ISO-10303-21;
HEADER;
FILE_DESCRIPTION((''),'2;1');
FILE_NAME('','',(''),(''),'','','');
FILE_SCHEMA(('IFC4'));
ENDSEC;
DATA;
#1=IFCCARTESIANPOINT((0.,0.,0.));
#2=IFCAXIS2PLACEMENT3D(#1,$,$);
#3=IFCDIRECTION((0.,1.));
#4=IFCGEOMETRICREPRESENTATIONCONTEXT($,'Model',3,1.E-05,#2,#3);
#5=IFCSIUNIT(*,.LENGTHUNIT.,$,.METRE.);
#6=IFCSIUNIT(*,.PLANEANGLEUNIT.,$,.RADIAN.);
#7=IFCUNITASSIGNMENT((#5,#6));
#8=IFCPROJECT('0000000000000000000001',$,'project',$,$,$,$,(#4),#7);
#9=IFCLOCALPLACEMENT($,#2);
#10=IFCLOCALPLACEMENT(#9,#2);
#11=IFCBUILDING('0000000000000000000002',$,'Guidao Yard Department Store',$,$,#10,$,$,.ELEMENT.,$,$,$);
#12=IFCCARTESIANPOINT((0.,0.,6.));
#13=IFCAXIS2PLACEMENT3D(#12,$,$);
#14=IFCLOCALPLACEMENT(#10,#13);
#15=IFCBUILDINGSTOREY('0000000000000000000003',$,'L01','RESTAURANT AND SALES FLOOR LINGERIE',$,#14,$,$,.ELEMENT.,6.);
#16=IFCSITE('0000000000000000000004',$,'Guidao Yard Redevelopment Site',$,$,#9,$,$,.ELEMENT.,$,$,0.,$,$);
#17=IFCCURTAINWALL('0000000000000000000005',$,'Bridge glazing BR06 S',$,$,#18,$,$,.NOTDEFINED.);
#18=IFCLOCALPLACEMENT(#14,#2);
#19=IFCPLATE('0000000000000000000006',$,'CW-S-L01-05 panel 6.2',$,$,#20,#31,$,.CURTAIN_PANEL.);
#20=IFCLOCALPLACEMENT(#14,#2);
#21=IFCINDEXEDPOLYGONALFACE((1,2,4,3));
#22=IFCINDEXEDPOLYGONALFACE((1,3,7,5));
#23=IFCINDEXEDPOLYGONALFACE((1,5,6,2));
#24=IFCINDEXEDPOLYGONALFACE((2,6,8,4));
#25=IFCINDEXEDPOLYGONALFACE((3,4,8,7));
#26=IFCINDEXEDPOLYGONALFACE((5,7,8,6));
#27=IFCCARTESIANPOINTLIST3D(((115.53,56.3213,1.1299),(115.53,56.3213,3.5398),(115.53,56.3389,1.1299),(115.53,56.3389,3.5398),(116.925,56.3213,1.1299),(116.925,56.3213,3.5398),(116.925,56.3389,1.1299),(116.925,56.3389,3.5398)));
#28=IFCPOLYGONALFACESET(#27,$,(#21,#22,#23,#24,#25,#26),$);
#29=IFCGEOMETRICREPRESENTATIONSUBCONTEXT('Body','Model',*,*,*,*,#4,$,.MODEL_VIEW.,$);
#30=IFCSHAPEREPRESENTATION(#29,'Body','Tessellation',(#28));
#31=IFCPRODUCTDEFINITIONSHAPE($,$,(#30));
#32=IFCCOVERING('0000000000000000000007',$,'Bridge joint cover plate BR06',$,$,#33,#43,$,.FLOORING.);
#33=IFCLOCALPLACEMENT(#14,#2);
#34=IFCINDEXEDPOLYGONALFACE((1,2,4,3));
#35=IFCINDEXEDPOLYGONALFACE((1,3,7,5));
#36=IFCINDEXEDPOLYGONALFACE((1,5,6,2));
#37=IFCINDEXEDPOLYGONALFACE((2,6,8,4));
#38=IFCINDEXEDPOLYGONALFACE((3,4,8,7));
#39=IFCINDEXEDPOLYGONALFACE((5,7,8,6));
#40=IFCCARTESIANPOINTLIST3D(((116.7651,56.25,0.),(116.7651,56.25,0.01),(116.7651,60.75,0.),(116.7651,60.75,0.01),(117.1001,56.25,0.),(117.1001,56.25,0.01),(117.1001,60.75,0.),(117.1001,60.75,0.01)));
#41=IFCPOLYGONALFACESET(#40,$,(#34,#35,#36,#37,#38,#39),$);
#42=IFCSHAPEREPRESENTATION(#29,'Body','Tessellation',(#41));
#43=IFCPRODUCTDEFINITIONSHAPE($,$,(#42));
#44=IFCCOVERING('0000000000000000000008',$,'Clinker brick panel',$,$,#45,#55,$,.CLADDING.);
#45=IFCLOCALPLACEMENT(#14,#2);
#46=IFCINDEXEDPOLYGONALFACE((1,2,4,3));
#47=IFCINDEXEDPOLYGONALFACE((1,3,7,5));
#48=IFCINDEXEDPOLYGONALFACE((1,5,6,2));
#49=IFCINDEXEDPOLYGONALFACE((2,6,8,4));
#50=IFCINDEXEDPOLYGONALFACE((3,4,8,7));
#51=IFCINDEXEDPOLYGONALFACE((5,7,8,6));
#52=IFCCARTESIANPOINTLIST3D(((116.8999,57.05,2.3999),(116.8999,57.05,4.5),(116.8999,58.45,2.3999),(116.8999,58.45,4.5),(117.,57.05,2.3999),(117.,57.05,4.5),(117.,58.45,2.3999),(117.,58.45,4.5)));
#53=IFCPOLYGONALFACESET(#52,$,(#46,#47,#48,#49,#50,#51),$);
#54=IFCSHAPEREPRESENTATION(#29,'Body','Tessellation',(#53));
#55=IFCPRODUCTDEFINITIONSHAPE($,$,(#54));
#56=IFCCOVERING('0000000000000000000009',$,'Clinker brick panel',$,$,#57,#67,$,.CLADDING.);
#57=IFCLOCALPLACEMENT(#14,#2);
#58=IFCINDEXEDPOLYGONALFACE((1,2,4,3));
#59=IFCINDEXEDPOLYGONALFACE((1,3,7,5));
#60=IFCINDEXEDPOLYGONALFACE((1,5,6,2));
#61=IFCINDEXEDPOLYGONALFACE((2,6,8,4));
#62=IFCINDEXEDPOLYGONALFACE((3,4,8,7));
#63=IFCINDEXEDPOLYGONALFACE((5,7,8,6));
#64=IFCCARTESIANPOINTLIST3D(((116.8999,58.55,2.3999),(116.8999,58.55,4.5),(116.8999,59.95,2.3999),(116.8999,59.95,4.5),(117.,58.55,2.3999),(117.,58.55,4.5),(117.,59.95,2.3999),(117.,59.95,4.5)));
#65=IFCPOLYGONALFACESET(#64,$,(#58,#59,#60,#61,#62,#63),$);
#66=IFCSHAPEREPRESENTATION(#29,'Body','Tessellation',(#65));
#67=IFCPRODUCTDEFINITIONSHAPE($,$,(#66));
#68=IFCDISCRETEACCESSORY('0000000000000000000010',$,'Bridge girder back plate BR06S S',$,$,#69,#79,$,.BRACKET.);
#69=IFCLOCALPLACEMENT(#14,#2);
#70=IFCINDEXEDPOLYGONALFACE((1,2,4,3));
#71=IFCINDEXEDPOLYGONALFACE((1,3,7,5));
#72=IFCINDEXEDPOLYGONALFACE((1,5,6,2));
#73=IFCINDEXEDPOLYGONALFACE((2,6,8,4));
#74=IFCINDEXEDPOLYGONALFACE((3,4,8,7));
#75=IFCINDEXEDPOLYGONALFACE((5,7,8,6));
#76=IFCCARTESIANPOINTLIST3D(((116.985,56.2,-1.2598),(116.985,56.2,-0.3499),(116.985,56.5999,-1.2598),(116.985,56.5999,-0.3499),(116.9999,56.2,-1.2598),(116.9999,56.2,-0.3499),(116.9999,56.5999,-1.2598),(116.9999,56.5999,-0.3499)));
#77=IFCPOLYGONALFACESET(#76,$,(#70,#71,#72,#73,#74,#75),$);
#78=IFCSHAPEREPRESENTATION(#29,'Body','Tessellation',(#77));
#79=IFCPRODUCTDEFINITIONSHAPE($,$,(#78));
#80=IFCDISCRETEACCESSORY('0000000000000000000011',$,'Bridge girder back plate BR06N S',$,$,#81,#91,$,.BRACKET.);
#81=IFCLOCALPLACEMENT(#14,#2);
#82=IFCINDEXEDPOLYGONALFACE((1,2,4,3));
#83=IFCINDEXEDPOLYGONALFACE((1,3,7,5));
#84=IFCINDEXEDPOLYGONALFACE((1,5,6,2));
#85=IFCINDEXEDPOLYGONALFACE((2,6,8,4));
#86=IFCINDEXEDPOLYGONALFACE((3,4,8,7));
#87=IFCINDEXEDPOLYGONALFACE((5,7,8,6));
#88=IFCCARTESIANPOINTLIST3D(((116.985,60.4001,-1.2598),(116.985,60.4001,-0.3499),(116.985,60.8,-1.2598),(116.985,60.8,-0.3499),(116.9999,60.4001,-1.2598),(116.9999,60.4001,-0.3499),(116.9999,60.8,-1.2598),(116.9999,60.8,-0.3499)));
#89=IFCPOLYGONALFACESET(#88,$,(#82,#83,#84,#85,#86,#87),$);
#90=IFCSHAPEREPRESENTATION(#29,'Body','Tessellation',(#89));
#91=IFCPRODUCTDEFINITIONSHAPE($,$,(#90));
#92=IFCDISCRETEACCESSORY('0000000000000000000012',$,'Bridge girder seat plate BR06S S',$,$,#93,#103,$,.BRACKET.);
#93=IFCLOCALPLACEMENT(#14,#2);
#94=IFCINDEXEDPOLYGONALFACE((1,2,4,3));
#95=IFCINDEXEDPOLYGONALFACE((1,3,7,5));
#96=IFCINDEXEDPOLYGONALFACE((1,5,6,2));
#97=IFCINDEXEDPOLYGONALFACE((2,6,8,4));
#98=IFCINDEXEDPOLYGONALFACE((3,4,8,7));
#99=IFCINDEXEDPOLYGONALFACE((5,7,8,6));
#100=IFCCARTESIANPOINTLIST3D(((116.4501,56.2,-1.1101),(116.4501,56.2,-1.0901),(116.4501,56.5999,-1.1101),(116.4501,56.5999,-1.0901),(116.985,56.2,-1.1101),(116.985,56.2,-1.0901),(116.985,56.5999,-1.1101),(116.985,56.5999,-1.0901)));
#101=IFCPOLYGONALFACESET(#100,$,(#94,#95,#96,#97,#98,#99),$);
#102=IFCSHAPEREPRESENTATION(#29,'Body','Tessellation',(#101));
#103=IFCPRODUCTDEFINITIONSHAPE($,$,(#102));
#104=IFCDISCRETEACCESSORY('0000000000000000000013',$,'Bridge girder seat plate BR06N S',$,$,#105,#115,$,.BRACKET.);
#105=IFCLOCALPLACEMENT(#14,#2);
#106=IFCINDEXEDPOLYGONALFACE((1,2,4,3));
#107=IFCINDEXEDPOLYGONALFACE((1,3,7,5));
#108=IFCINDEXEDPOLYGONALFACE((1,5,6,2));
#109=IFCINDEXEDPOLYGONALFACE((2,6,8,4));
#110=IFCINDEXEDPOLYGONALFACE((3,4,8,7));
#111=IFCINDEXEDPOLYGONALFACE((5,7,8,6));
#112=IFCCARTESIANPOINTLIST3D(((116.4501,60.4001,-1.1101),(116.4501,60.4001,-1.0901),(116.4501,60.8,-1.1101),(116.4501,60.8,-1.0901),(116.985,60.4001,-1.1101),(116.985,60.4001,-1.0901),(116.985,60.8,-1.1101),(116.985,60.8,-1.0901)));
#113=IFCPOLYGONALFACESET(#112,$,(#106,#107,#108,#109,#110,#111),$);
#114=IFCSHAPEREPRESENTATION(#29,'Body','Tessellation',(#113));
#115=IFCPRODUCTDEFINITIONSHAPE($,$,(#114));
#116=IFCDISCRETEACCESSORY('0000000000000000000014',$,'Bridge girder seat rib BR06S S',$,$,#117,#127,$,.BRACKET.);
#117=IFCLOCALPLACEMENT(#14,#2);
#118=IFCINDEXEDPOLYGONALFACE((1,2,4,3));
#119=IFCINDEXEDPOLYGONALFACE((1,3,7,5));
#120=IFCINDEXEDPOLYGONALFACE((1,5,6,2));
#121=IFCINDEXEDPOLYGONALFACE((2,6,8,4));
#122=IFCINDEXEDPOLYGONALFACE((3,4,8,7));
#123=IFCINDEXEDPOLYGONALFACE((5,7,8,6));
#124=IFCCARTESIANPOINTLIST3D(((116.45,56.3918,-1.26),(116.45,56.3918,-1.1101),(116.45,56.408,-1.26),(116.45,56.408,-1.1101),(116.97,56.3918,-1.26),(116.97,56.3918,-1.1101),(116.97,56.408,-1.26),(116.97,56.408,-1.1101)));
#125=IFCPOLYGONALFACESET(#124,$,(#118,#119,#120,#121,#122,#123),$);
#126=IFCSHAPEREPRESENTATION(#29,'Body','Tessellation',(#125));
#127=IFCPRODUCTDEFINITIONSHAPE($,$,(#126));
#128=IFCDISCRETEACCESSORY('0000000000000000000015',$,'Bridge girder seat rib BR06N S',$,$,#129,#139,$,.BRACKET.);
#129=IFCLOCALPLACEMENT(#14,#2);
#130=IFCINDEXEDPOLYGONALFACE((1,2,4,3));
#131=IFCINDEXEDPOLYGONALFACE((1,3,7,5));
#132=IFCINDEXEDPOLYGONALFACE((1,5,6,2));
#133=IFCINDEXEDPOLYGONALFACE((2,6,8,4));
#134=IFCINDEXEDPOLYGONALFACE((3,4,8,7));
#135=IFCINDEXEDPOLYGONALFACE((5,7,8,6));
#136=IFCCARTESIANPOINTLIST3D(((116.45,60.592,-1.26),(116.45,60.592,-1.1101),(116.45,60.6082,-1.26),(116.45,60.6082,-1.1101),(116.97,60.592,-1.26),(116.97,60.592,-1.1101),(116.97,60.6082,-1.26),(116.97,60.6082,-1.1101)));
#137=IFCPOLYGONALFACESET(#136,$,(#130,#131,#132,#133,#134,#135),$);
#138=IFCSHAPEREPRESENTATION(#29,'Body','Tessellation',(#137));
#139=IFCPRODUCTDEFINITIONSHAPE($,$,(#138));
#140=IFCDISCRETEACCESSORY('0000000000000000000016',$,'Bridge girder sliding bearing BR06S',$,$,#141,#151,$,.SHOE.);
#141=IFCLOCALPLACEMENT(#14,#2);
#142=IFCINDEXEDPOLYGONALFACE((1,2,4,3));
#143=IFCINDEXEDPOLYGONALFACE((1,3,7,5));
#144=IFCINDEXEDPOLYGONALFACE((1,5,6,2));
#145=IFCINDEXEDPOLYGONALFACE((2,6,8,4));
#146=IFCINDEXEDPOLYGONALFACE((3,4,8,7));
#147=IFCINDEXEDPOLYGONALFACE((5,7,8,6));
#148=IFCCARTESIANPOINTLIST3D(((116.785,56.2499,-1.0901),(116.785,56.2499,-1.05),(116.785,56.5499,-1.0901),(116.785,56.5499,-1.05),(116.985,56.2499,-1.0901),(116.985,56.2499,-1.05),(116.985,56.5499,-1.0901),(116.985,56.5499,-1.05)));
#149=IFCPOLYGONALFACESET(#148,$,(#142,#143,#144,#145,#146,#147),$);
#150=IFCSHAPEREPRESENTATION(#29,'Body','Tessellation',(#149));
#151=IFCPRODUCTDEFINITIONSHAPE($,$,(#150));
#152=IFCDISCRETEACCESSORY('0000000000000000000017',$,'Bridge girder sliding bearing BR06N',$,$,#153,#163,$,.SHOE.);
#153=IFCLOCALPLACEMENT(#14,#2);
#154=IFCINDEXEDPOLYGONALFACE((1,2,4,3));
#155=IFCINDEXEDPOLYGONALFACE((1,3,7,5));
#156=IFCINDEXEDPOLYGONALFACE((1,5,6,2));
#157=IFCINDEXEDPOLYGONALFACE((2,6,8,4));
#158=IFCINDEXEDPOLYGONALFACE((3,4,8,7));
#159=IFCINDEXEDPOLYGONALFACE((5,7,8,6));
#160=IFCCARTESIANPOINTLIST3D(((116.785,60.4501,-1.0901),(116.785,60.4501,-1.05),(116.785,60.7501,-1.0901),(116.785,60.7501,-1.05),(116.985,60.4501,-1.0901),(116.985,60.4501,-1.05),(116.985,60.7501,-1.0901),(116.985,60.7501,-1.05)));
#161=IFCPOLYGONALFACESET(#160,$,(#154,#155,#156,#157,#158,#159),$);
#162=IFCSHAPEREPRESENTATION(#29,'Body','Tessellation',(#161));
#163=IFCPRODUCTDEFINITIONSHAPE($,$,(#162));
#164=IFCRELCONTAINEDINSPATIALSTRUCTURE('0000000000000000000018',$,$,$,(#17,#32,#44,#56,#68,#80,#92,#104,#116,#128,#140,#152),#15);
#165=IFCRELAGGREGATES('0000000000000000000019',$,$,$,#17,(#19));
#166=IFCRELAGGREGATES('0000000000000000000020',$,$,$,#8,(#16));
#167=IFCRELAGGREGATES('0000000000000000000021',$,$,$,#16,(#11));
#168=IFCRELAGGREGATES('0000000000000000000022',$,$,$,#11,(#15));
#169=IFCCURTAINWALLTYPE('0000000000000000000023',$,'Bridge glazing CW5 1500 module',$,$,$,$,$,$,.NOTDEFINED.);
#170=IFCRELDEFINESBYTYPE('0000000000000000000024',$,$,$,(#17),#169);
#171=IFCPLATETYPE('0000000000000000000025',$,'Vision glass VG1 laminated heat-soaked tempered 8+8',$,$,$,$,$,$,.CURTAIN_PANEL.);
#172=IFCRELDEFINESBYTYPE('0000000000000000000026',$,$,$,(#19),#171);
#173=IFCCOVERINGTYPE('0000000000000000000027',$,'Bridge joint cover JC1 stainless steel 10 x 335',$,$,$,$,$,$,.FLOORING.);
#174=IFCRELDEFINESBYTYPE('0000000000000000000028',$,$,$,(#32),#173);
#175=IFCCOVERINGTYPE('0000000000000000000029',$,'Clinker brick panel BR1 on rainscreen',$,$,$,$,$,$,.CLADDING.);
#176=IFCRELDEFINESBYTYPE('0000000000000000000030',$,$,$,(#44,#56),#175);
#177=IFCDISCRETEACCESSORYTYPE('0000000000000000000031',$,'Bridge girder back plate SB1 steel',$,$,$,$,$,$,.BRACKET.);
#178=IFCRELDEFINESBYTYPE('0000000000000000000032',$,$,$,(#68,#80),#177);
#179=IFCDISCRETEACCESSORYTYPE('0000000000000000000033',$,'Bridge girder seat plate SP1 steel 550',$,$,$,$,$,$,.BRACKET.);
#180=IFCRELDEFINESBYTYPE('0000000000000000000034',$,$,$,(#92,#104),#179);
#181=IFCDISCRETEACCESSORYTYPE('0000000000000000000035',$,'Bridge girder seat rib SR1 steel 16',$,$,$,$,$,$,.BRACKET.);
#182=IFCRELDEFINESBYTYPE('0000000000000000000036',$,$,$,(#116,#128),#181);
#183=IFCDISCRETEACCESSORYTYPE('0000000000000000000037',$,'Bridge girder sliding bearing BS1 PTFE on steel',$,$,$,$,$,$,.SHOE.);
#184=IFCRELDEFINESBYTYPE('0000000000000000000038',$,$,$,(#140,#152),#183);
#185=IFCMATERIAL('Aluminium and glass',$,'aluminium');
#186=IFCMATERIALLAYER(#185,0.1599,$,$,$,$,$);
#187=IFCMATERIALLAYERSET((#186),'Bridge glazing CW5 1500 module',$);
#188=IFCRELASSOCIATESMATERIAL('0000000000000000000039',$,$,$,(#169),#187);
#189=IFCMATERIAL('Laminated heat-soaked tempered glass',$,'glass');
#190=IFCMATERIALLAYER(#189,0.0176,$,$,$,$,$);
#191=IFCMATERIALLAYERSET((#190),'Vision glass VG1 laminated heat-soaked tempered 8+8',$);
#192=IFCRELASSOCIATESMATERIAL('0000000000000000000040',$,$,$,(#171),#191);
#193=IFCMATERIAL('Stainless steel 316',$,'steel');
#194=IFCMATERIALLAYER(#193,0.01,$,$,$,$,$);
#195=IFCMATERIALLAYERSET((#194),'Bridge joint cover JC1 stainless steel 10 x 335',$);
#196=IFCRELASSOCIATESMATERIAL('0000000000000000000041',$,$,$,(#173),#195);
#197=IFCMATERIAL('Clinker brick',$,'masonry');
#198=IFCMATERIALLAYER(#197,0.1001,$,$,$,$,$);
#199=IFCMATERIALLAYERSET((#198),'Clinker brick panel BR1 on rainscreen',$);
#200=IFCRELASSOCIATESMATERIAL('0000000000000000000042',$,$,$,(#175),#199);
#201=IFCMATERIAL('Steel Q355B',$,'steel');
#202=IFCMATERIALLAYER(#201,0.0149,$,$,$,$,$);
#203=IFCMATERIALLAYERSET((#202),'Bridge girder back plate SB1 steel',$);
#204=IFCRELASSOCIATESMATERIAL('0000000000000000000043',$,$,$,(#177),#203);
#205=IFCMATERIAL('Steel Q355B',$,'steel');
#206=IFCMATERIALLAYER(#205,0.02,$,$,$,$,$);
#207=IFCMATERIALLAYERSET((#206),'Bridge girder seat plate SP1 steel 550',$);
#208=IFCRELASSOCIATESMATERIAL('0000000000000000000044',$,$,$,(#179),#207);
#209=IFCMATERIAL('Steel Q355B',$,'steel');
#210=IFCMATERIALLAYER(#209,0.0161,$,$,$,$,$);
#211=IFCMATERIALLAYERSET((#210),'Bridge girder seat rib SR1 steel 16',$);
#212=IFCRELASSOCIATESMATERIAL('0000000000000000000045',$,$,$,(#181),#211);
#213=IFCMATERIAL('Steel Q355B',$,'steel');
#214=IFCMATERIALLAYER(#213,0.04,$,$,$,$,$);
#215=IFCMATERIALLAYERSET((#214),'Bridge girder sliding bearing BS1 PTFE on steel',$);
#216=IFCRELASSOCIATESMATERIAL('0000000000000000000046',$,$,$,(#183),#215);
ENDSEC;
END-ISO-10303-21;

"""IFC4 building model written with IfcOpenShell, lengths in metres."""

from ifc_helpers import new_model, si_unit, direction, frame, origin, origin_2d, place, context, subcontext, project, spatial, rectangle, extrude, material, layer, layer_set, type_object, element, aggregate, save


model = new_model("IFC4")

# Units and contexts
model_context = context("Model", 3, precision=1e-05, world=origin(), true_north=direction((0.0, 1.0)))
body_context = subcontext(model_context, "Body", "Model", "MODEL_VIEW")
ifc_project = project(units=[si_unit("LENGTHUNIT", "METRE"), si_unit("PLANEANGLEUNIT", "RADIAN")], contexts=[model_context])

# Site, building, storey
site_placement = place(None, origin())
site = spatial("IfcSite", under=ifc_project, at=site_placement, Name="Guidao Yard Redevelopment Site", CompositionType="ELEMENT", RefElevation=0.0)
building_placement = place(site_placement, origin())
building = spatial("IfcBuilding", under=site, at=building_placement, Name="Guidao Yard Department Store", CompositionType="ELEMENT")
storey_placement = place(building_placement, frame((0.0, 0.0, 6.0)))
storey = spatial("IfcBuildingStorey", under=building, at=storey_placement, Name="L01", Description="RESTAURANT AND SALES FLOOR LINGERIE", CompositionType="ELEMENT", Elevation=6.0)

# Curtain wall
ifc_material_1 = material(Name="Aluminium and glass", Category="aluminium")
ifc_layer_1 = layer(ifc_material_1, 0.1599)
ifc_layer_set_1 = layer_set([ifc_layer_1], Name="Bridge glazing CW5 1500 module")
curtain_wall_type = type_object("IfcCurtainWallType", Name="Bridge glazing CW5 1500 module", PredefinedType="NOTDEFINED", material=ifc_layer_set_1)
curtain_wall_1_placement = place(storey_placement, origin())
curtain_wall_1 = element("IfcCurtainWall", 1, at=curtain_wall_1_placement, inside=storey, type_object=curtain_wall_type, Name="Bridge glazing BR06 S", PredefinedType="NOTDEFINED")

# Plate
ifc_material_2 = material(Name="Laminated heat-soaked tempered glass", Category="glass")
ifc_layer_2 = layer(ifc_material_2, 0.0176)
ifc_layer_set_2 = layer_set([ifc_layer_2], Name="Vision glass VG1 laminated heat-soaked tempered 8+8")
plate_type_1 = type_object("IfcPlateType", Name="Vision glass VG1 laminated heat-soaked tempered 8+8", PredefinedType="CURTAIN_PANEL", material=ifc_layer_set_2)
plate_1_placement = place(storey_placement, frame((116.2275, 56.3301, 1.1299), z_axis=(0.0, 0.0, 1.0), x_axis=(-1.0, 0.0, 0.0)))
plate_1 = element("IfcPlate", 2, at=plate_1_placement, type_object=plate_type_1, Name="CW-S-L01-05 panel 6.2", PredefinedType="CURTAIN_PANEL", context=body_context, shape_type="SweptSolid", body=[
    extrude(rectangle(XDim=1.395, YDim=0.0176, at=origin_2d()), origin(), (0.0, 0.0, 1.0), 2.4099),
])
aggregate(curtain_wall_1, [plate_1])

# Coverings
ifc_material_3 = material(Name="Stainless steel 316", Category="steel")
ifc_layer_3 = layer(ifc_material_3, 0.01)
ifc_layer_set_3 = layer_set([ifc_layer_3], Name="Bridge joint cover JC1 stainless steel 10 x 335")
covering_type_1 = type_object("IfcCoveringType", Name="Bridge joint cover JC1 stainless steel 10 x 335", PredefinedType="FLOORING", material=ifc_layer_set_3)
covering_placement = place(storey_placement, frame((116.9326, 58.5, 0.0), z_axis=(0.0, 0.0, 1.0), x_axis=(1.0, 0.0, 0.0)))
element("IfcCovering", 3, at=covering_placement, inside=storey, type_object=covering_type_1, Name="Bridge joint cover plate BR06", PredefinedType="FLOORING", context=body_context, shape_type="SweptSolid", body=[
    extrude(rectangle(XDim=0.335, YDim=4.5, at=origin_2d()), origin(), (0.0, 0.0, 1.0), 0.01),
])
ifc_material_4 = material(Name="Clinker brick", Category="masonry")
ifc_layer_4 = layer(ifc_material_4, 0.1001)
ifc_layer_set_4 = layer_set([ifc_layer_4], Name="Clinker brick panel BR1 on rainscreen")
covering_type_2 = type_object("IfcCoveringType", Name="Clinker brick panel BR1 on rainscreen", PredefinedType="CLADDING", material=ifc_layer_set_4)
for number, where, z_axis, x_axis, name in (
    (4, (116.95, 57.75, 2.3999), (0.0, 0.0, 1.0), (0.0, 1.0, 0.0), "Clinker brick panel"),
    (5, (116.95, 59.25, 2.3999), (0.0, 0.0, 1.0), (0.0, 1.0, 0.0), "Clinker brick panel"),
):
    element("IfcCovering", number, at=place(storey_placement, frame(where, z_axis=z_axis, x_axis=x_axis)), inside=storey, type_object=covering_type_2, Name=name, PredefinedType="CLADDING", context=body_context, shape_type="SweptSolid", body=[
        extrude(rectangle(XDim=1.3999, YDim=0.1001, at=origin_2d()), origin(), (0.0, 0.0, 1.0), 2.1001),
    ])

# Discrete accessories
ifc_material_5 = material(Name="Steel Q355B", Category="steel")
ifc_layer_5 = layer(ifc_material_5, 0.0149)
ifc_layer_set_5 = layer_set([ifc_layer_5], Name="Bridge girder back plate SB1 steel")
discrete_accessory_type_1 = type_object("IfcDiscreteAccessoryType", Name="Bridge girder back plate SB1 steel", PredefinedType="BRACKET", material=ifc_layer_set_5)
for number, where, z_axis, x_axis, name in (
    (6, (116.9924, 56.3999, -1.2598), (0.0, 0.0, 1.0), (1.0, 0.0, 0.0), "Bridge girder back plate BR06S S"),
    (7, (116.9924, 60.6001, -1.2598), (0.0, 0.0, 1.0), (1.0, 0.0, 0.0), "Bridge girder back plate BR06N S"),
):
    element("IfcDiscreteAccessory", number, at=place(storey_placement, frame(where, z_axis=z_axis, x_axis=x_axis)), inside=storey, type_object=discrete_accessory_type_1, Name=name, PredefinedType="BRACKET", context=body_context, shape_type="SweptSolid", body=[
        extrude(rectangle(XDim=0.0149, YDim=0.3999, at=origin_2d()), origin(), (0.0, 0.0, 1.0), 0.9099),
    ])
ifc_material_6 = material(Name="Steel Q355B", Category="steel")
ifc_layer_6 = layer(ifc_material_6, 0.02)
ifc_layer_set_6 = layer_set([ifc_layer_6], Name="Bridge girder seat plate SP1 steel 550")
discrete_accessory_type_2 = type_object("IfcDiscreteAccessoryType", Name="Bridge girder seat plate SP1 steel 550", PredefinedType="BRACKET", material=ifc_layer_set_6)
for number, where, z_axis, x_axis, name in (
    (8, (116.7175, 56.3999, -1.1101), (0.0, 0.0, 1.0), (1.0, 0.0, 0.0), "Bridge girder seat plate BR06S S"),
    (9, (116.7175, 60.6001, -1.1101), (0.0, 0.0, 1.0), (1.0, 0.0, 0.0), "Bridge girder seat plate BR06N S"),
):
    element("IfcDiscreteAccessory", number, at=place(storey_placement, frame(where, z_axis=z_axis, x_axis=x_axis)), inside=storey, type_object=discrete_accessory_type_2, Name=name, PredefinedType="BRACKET", context=body_context, shape_type="SweptSolid", body=[
        extrude(rectangle(XDim=0.5349, YDim=0.3999, at=origin_2d()), origin(), (0.0, 0.0, 1.0), 0.02),
    ])
ifc_material_7 = material(Name="Steel Q355B", Category="steel")
ifc_layer_7 = layer(ifc_material_7, 0.0161)
ifc_layer_set_7 = layer_set([ifc_layer_7], Name="Bridge girder seat rib SR1 steel 16")
discrete_accessory_type_3 = type_object("IfcDiscreteAccessoryType", Name="Bridge girder seat rib SR1 steel 16", PredefinedType="BRACKET", material=ifc_layer_set_7)
for number, where, z_axis, x_axis, name in (
    (10, (116.71, 56.3999, -1.26), (0.0, 0.0, 1.0), (1.0, 0.0, 0.0), "Bridge girder seat rib BR06S S"),
    (11, (116.71, 60.6001, -1.26), (0.0, 0.0, 1.0), (1.0, 0.0, 0.0), "Bridge girder seat rib BR06N S"),
):
    element("IfcDiscreteAccessory", number, at=place(storey_placement, frame(where, z_axis=z_axis, x_axis=x_axis)), inside=storey, type_object=discrete_accessory_type_3, Name=name, PredefinedType="BRACKET", context=body_context, shape_type="SweptSolid", body=[
        extrude(rectangle(XDim=0.52, YDim=0.0161, at=origin_2d()), origin(), (0.0, 0.0, 1.0), 0.1499),
    ])
ifc_material_8 = material(Name="Steel Q355B", Category="steel")
ifc_layer_8 = layer(ifc_material_8, 0.04)
ifc_layer_set_8 = layer_set([ifc_layer_8], Name="Bridge girder sliding bearing BS1 PTFE on steel")
discrete_accessory_type_4 = type_object("IfcDiscreteAccessoryType", Name="Bridge girder sliding bearing BS1 PTFE on steel", PredefinedType="SHOE", material=ifc_layer_set_8)
for number, where, z_axis, x_axis, name in (
    (12, (116.885, 56.3999, -1.0901), (0.0, 0.0, 1.0), (1.0, 0.0, 0.0), "Bridge girder sliding bearing BR06S"),
    (13, (116.885, 60.6001, -1.0901), (0.0, 0.0, 1.0), (1.0, 0.0, 0.0), "Bridge girder sliding bearing BR06N"),
):
    element("IfcDiscreteAccessory", number, at=place(storey_placement, frame(where, z_axis=z_axis, x_axis=x_axis)), inside=storey, type_object=discrete_accessory_type_4, Name=name, PredefinedType="SHOE", context=body_context, shape_type="SweptSolid", body=[
        extrude(rectangle(XDim=0.2, YDim=0.3, at=origin_2d()), origin(), (0.0, 0.0, 1.0), 0.04),
    ])

save(model, "model.ifc")
